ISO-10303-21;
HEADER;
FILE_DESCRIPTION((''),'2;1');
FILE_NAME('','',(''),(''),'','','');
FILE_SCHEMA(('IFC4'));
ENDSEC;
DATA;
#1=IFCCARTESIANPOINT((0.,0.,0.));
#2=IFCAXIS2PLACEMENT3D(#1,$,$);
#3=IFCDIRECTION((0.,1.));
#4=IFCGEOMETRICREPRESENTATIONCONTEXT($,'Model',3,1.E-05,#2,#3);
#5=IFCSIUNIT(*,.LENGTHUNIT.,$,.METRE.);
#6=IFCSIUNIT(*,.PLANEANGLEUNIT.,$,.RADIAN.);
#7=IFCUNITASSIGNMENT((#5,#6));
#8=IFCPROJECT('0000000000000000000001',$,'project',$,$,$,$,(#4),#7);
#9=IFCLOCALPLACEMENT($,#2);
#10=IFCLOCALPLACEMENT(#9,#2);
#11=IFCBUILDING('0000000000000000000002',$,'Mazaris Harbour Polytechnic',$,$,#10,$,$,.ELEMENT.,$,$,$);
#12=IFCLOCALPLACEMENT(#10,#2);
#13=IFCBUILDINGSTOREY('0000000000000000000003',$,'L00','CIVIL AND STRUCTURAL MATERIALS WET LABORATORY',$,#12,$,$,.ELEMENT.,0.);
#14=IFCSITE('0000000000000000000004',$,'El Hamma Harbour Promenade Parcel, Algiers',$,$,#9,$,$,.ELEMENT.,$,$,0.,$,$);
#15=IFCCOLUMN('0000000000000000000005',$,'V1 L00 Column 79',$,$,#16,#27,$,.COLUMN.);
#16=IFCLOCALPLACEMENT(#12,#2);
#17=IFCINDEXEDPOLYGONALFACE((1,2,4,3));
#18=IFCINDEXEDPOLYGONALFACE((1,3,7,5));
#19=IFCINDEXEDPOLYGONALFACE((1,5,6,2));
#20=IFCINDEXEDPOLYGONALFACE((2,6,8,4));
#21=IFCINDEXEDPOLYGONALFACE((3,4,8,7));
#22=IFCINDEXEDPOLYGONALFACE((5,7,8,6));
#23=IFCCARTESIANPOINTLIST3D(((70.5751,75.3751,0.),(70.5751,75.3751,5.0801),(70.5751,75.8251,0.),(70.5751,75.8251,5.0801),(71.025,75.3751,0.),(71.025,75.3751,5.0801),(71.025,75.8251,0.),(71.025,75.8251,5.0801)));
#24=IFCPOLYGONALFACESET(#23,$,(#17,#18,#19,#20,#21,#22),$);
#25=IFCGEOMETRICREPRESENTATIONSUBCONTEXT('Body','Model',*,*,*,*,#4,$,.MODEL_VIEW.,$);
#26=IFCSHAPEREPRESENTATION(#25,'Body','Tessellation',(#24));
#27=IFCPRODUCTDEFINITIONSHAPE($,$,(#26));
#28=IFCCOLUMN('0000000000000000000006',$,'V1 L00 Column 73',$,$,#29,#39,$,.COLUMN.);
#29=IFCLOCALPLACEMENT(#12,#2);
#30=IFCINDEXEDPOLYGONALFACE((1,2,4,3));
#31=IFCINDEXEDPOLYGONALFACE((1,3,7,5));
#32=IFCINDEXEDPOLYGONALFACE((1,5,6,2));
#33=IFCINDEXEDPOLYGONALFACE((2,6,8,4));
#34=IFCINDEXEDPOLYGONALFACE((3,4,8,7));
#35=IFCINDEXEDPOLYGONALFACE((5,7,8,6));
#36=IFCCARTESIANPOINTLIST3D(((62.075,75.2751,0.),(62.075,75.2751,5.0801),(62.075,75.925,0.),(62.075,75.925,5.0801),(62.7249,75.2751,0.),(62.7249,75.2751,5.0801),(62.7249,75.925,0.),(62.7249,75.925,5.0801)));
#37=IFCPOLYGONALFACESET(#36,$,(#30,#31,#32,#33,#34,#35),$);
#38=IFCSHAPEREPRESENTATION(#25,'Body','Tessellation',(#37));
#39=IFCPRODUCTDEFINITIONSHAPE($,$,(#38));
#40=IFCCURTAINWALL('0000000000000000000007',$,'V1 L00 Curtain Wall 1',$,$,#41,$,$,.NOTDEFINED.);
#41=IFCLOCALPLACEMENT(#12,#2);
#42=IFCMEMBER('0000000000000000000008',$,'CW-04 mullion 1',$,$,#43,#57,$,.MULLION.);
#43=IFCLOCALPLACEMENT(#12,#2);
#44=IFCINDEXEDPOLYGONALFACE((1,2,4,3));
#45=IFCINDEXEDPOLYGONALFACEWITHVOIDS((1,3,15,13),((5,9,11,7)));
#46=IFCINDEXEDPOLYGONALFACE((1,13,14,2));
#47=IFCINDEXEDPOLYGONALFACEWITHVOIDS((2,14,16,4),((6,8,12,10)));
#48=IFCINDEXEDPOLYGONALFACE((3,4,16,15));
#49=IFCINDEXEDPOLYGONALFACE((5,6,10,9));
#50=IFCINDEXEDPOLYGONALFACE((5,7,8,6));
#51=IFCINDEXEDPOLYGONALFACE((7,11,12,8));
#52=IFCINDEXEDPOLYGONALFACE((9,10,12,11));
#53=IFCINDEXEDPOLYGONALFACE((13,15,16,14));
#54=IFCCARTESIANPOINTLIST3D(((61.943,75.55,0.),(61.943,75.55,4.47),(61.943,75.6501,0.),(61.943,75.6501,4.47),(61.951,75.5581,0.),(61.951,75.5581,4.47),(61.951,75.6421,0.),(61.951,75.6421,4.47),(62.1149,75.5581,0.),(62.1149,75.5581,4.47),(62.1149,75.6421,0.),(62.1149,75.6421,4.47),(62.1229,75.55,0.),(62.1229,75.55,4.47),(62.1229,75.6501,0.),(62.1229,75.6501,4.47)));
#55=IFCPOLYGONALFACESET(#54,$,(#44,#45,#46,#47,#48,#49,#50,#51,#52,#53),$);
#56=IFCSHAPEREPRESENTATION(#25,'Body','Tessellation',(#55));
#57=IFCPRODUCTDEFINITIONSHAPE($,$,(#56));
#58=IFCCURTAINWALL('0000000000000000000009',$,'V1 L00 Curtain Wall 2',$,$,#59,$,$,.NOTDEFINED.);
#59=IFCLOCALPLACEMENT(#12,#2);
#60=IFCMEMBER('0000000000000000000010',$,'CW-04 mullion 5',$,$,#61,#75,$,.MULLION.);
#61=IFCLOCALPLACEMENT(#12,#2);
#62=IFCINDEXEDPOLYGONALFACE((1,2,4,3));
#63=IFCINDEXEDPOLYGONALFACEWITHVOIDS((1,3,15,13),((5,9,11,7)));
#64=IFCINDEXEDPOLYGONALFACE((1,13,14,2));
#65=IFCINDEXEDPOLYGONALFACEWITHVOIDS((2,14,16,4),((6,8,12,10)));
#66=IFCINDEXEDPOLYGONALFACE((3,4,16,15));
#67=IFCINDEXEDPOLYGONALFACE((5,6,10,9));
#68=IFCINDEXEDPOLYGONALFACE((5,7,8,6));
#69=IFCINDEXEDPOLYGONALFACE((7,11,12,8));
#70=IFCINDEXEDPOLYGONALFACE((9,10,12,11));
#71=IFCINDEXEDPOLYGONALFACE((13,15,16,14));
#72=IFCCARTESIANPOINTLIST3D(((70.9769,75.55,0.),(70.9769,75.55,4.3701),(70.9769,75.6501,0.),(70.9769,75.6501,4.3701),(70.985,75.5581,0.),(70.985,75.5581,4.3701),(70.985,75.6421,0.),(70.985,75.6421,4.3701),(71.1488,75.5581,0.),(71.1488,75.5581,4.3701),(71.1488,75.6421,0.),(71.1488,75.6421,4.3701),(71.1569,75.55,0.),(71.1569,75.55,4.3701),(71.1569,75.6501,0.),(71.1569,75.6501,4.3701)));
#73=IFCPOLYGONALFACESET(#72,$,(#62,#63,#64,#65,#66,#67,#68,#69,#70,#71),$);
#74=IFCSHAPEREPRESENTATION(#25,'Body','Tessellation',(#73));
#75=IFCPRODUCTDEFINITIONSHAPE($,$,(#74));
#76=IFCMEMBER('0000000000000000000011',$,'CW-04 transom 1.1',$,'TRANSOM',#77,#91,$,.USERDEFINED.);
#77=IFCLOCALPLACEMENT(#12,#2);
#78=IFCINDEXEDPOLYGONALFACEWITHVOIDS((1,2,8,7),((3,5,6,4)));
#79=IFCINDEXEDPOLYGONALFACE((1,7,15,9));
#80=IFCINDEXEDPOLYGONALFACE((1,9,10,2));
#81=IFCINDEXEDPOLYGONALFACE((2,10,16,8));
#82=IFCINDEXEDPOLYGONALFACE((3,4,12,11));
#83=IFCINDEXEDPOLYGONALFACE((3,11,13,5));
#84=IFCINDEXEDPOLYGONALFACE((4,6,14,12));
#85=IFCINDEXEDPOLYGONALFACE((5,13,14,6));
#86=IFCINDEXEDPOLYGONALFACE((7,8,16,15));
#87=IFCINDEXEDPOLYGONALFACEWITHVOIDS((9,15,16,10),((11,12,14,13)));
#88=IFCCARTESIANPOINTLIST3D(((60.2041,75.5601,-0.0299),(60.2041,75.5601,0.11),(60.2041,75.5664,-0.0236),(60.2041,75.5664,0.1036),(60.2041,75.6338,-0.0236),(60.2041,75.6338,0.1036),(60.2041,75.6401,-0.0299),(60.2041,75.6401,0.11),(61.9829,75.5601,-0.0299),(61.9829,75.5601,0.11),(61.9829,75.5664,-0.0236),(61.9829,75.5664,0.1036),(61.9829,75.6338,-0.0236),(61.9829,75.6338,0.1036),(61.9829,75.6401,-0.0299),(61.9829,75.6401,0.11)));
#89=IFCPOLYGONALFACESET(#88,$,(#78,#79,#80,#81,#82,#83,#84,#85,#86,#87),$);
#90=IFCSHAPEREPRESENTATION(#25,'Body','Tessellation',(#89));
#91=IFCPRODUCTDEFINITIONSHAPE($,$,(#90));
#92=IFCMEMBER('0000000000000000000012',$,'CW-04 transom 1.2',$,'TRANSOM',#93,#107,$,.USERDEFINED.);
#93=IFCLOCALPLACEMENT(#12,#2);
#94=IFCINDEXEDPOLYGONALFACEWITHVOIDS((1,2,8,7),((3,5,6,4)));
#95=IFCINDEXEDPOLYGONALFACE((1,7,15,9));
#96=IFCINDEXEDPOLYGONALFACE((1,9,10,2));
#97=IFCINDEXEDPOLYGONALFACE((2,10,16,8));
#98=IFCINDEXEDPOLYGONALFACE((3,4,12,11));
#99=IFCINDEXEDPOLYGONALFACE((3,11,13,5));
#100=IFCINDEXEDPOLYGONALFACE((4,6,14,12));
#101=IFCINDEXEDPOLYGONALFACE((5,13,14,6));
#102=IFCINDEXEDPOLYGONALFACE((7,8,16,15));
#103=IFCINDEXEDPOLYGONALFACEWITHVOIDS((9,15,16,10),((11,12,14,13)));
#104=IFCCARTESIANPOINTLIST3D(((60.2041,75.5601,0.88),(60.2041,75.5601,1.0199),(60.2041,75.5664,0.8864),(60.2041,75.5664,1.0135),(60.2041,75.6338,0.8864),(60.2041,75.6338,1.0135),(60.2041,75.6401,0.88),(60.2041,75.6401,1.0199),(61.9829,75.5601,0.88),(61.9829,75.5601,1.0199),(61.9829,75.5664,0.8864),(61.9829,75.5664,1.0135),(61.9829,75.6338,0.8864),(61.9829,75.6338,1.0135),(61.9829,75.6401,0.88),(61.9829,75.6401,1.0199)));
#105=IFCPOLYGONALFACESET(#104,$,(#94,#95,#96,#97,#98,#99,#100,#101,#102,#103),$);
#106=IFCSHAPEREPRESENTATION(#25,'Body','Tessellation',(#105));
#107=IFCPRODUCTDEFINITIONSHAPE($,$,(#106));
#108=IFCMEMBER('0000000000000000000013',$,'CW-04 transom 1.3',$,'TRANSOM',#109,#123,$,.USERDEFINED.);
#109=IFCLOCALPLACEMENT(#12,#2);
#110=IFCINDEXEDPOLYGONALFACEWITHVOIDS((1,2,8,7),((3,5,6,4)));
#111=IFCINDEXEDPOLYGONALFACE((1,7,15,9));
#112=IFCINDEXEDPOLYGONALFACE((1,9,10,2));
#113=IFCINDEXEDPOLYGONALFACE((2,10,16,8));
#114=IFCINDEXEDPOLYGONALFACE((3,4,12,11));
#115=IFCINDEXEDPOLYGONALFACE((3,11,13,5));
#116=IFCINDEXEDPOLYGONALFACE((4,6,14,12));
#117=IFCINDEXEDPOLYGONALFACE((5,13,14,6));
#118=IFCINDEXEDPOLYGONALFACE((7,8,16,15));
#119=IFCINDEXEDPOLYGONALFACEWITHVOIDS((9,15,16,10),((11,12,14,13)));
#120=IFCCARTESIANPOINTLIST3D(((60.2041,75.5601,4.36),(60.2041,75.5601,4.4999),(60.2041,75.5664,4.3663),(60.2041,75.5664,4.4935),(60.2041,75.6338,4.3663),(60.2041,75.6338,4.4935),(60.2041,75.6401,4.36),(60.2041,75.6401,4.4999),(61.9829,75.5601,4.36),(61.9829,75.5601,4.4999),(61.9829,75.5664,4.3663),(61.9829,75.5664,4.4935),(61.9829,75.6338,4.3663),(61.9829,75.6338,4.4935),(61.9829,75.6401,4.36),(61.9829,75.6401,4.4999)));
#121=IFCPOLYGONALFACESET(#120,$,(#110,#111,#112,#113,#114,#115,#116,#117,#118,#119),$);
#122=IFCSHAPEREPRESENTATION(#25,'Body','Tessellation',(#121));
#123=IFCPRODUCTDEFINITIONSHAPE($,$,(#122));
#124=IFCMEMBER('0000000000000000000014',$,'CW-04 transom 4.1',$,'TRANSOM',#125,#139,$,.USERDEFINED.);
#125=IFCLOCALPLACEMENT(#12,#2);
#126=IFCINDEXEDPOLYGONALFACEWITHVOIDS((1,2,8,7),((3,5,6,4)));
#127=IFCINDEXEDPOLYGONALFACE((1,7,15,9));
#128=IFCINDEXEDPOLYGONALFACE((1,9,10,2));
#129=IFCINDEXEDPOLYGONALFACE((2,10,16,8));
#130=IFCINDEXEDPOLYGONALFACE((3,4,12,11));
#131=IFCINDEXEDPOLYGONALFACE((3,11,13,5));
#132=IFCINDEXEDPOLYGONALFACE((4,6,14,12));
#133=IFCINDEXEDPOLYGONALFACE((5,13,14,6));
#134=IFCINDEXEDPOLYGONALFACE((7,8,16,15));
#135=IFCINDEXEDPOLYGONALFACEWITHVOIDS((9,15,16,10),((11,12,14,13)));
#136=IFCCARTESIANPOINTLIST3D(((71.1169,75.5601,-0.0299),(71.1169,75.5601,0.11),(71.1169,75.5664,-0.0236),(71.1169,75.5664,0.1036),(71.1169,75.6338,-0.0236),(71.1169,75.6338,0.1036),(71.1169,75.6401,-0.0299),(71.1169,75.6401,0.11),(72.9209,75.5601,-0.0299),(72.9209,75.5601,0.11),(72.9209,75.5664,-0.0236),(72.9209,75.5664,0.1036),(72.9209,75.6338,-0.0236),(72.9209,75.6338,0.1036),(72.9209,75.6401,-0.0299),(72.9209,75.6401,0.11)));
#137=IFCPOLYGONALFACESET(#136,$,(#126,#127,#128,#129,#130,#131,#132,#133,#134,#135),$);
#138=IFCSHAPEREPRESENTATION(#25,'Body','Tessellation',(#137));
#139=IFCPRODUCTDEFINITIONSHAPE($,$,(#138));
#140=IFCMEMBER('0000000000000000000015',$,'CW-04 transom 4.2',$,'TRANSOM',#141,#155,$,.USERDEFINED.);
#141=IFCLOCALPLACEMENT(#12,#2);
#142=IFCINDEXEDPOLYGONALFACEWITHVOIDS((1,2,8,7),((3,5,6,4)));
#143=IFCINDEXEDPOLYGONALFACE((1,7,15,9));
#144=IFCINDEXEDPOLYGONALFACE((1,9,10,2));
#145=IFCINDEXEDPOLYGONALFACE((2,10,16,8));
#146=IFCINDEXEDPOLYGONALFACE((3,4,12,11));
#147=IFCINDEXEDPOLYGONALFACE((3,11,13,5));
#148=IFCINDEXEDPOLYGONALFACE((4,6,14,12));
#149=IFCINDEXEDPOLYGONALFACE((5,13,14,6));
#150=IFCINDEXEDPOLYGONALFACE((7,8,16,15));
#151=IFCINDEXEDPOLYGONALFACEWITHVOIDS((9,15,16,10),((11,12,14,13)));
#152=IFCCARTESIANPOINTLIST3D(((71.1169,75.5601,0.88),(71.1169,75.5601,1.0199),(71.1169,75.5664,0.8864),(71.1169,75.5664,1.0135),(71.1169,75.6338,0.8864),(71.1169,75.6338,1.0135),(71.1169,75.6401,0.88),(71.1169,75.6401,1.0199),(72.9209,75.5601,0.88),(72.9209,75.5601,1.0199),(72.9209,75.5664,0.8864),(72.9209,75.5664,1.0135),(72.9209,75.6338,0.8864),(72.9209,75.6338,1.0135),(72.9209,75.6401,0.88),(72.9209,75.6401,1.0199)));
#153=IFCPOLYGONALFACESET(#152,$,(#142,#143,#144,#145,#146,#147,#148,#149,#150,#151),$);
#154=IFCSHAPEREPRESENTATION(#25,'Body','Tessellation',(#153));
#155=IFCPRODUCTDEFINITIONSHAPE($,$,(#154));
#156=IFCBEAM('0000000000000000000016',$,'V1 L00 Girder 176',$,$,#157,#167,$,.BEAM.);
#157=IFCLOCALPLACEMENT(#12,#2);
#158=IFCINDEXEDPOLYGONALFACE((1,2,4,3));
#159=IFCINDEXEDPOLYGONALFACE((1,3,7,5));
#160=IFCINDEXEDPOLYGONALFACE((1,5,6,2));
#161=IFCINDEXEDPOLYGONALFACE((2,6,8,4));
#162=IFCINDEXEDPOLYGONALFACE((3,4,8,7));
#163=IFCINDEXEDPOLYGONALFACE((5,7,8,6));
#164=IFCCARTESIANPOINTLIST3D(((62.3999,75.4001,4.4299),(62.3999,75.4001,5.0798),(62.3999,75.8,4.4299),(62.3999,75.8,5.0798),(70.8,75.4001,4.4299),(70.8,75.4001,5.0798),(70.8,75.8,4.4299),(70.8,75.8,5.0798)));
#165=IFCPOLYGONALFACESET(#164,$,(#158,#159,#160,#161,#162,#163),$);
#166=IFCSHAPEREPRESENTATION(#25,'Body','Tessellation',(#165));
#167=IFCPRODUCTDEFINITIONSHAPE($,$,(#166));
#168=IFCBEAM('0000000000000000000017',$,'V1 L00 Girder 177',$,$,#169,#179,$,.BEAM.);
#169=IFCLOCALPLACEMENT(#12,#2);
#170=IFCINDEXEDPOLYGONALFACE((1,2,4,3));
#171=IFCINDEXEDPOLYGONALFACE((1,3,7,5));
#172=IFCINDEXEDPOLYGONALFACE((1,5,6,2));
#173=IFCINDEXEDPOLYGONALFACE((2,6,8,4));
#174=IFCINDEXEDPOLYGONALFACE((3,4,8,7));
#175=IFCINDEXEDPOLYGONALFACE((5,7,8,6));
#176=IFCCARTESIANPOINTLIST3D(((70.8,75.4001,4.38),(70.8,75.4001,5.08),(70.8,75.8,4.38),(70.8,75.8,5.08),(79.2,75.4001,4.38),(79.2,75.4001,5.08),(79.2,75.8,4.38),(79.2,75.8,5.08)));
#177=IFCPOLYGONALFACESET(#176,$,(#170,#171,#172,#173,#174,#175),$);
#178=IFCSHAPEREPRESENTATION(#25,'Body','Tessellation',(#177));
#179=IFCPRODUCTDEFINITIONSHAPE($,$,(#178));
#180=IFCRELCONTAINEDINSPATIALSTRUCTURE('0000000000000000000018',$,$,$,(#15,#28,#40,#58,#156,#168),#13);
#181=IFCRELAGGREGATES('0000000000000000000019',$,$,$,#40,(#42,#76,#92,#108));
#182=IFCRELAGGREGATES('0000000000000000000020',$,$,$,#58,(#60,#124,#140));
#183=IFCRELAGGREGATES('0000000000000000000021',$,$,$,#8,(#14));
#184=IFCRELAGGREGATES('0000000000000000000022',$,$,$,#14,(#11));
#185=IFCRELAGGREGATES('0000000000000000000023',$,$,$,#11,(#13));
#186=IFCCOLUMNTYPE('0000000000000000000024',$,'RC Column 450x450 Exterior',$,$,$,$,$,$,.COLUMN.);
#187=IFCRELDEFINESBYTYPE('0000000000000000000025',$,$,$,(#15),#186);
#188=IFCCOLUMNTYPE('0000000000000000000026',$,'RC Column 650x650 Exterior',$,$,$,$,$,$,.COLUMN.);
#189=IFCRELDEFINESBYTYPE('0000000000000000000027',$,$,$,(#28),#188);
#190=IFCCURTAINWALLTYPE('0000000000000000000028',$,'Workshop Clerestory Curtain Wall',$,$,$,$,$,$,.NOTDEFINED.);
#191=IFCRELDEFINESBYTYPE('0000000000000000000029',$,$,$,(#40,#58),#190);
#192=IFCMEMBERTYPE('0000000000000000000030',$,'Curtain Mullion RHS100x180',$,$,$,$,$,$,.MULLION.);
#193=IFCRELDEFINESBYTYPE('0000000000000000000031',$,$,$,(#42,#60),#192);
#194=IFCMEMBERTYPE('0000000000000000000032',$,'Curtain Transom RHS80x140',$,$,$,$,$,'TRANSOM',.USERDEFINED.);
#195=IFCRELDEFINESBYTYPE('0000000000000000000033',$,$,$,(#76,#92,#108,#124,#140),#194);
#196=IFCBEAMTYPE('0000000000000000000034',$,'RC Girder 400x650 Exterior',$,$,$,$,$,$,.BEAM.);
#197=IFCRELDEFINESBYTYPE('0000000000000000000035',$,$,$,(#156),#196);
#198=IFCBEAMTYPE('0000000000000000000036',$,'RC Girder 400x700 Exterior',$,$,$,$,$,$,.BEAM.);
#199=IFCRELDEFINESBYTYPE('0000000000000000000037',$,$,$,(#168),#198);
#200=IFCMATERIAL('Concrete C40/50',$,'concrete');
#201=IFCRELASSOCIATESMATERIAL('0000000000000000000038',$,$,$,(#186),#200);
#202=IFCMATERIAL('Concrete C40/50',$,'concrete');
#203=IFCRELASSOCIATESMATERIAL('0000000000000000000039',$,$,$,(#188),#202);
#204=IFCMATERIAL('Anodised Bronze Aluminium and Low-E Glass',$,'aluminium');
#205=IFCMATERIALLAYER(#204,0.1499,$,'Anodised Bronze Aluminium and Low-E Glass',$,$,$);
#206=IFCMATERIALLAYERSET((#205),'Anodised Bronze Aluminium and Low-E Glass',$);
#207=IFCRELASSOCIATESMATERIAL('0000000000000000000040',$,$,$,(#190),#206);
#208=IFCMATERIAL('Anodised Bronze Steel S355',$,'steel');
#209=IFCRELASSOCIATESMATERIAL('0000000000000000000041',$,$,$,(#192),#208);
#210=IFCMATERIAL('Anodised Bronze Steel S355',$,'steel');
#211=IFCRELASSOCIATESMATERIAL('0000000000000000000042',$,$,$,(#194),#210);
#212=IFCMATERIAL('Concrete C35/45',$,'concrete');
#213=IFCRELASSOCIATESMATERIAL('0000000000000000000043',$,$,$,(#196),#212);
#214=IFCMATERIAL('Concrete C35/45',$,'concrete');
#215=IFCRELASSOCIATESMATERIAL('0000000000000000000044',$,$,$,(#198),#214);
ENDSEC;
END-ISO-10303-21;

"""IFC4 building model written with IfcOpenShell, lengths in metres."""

from ifc_helpers import new_model, si_unit, direction, frame, origin, origin_2d, place, context, subcontext, project, spatial, rectangle, hollow_rectangle, extrude, material, layer, layer_set, material_profile, profile_set, type_object, element, aggregate, save


model = new_model("IFC4")

# Units and contexts
model_context = context("Model", 3, precision=1e-05, world=origin(), true_north=direction((0.0, 1.0)))
body_context = subcontext(model_context, "Body", "Model", "MODEL_VIEW")
ifc_project = project(units=[si_unit("LENGTHUNIT", "METRE"), si_unit("PLANEANGLEUNIT", "RADIAN")], contexts=[model_context])

# Site, building, storey
site_placement = place(None, origin())
site = spatial("IfcSite", under=ifc_project, at=site_placement, Name="El Hamma Harbour Promenade Parcel, Algiers", CompositionType="ELEMENT", RefElevation=0.0)
building_placement = place(site_placement, origin())
building = spatial("IfcBuilding", under=site, at=building_placement, Name="Mazaris Harbour Polytechnic", CompositionType="ELEMENT")
storey_placement = place(building_placement, origin())
storey = spatial("IfcBuildingStorey", under=building, at=storey_placement, Name="L00", Description="CIVIL AND STRUCTURAL MATERIALS WET LABORATORY", CompositionType="ELEMENT", Elevation=0.0)

# Columns
ifc_material_1 = material(Name="Concrete C40/50", Category="concrete")
ifc_material_profile_1 = material_profile(ifc_material_1, rectangle(XDim=0.45, YDim=0.45, at=origin_2d()), Name="RECT450x450")
ifc_profile_set_1 = profile_set([ifc_material_profile_1], Name="Concrete C40/50")
column_type_1 = type_object("IfcColumnType", Name="RC Column 450x450 Exterior", PredefinedType="COLUMN", material=ifc_profile_set_1)
column_1_placement = place(storey_placement, frame((70.8, 75.6001, 0.0), z_axis=(0.0, 0.0, 1.0), x_axis=(1.0, 0.0, 0.0)))
element("IfcColumn", 1, at=column_1_placement, inside=storey, type_object=column_type_1, Name="V1 L00 Column 79", PredefinedType="COLUMN", context=body_context, shape_type="SweptSolid", body=[
    extrude(rectangle(XDim=0.45, YDim=0.45, at=origin_2d()), origin(), (0.0, 0.0, 1.0), 5.0801),
])
ifc_material_2 = material(Name="Concrete C40/50", Category="concrete")
ifc_material_profile_2 = material_profile(ifc_material_2, rectangle(XDim=0.6499, YDim=0.6499, at=origin_2d()), Name="RECT650x650")
ifc_profile_set_2 = profile_set([ifc_material_profile_2], Name="Concrete C40/50")
column_type_2 = type_object("IfcColumnType", Name="RC Column 650x650 Exterior", PredefinedType="COLUMN", material=ifc_profile_set_2)
column_2_placement = place(storey_placement, frame((62.3999, 75.6001, 0.0), z_axis=(0.0, 0.0, 1.0), x_axis=(1.0, 0.0, 0.0)))
element("IfcColumn", 2, at=column_2_placement, inside=storey, type_object=column_type_2, Name="V1 L00 Column 73", PredefinedType="COLUMN", context=body_context, shape_type="SweptSolid", body=[
    extrude(rectangle(XDim=0.6499, YDim=0.6499, at=origin_2d()), origin(), (0.0, 0.0, 1.0), 5.0801),
])

# Curtain walls, members
ifc_material_3 = material(Name="Anodised Bronze Aluminium and Low-E Glass", Category="aluminium")
ifc_layer_1 = layer(ifc_material_3, 0.1499, Name="Anodised Bronze Aluminium and Low-E Glass")
ifc_layer_set_1 = layer_set([ifc_layer_1], Name="Anodised Bronze Aluminium and Low-E Glass")
curtain_wall_type = type_object("IfcCurtainWallType", Name="Workshop Clerestory Curtain Wall", PredefinedType="NOTDEFINED", material=ifc_layer_set_1)
curtain_wall_1_placement = place(storey_placement, origin())
curtain_wall_1 = element("IfcCurtainWall", 3, at=curtain_wall_1_placement, inside=storey, type_object=curtain_wall_type, Name="V1 L00 Curtain Wall 1", PredefinedType="NOTDEFINED")
ifc_material_4 = material(Name="Anodised Bronze Steel S355", Category="steel")
ifc_material_profile_3 = material_profile(ifc_material_4, hollow_rectangle(XDim=0.1001, YDim=0.1799, WallThickness=0.0081, at=origin_2d()), Name="RHS 100x180x8.0")
ifc_profile_set_3 = profile_set([ifc_material_profile_3], Name="Anodised Bronze Steel S355")
member_type_1 = type_object("IfcMemberType", Name="Curtain Mullion RHS100x180", PredefinedType="MULLION", material=ifc_profile_set_3)
member_1_placement = place(storey_placement, frame((62.033, 75.6001, 0.0), z_axis=(0.0, 0.0, 1.0), x_axis=(0.0, -1.0, 0.0)))
member_1 = element("IfcMember", 4, at=member_1_placement, type_object=member_type_1, Name="CW-04 mullion 1", PredefinedType="MULLION", context=body_context, shape_type="SweptSolid", body=[
    extrude(hollow_rectangle(XDim=0.1001, YDim=0.1799, WallThickness=0.0081, at=origin_2d()), origin(), (0.0, 0.0, 1.0), 4.47),
])
curtain_wall_2_placement = place(storey_placement, origin())
curtain_wall_2 = element("IfcCurtainWall", 5, at=curtain_wall_2_placement, inside=storey, type_object=curtain_wall_type, Name="V1 L00 Curtain Wall 2", PredefinedType="NOTDEFINED")
member_2_placement = place(storey_placement, frame((71.0669, 75.6001, 0.0), z_axis=(0.0, 0.0, 1.0), x_axis=(0.0, -1.0, 0.0)))
member_2 = element("IfcMember", 6, at=member_2_placement, type_object=member_type_1, Name="CW-04 mullion 5", PredefinedType="MULLION", context=body_context, shape_type="SweptSolid", body=[
    extrude(hollow_rectangle(XDim=0.1001, YDim=0.1799, WallThickness=0.0081, at=origin_2d()), origin(), (0.0, 0.0, 1.0), 4.3701),
])

# Members
ifc_material_5 = material(Name="Anodised Bronze Steel S355", Category="steel")
ifc_material_profile_4 = material_profile(ifc_material_5, hollow_rectangle(XDim=0.0801, YDim=0.1399, WallThickness=0.0063, at=origin_2d()), Name="RHS 80x140x6.3")
ifc_profile_set_4 = profile_set([ifc_material_profile_4], Name="Anodised Bronze Steel S355")
member_type_2 = type_object("IfcMemberType", Name="Curtain Transom RHS80x140", ElementType="TRANSOM", PredefinedType="USERDEFINED", material=ifc_profile_set_4)
member_3_placement = place(storey_placement, frame((61.9829, 75.6001, 0.04), z_axis=(-1.0, 0.0, 0.0), x_axis=(0.0, -1.0, 0.0)))
member_3 = element("IfcMember", 7, at=member_3_placement, type_object=member_type_2, Name="CW-04 transom 1.1", ObjectType="TRANSOM", PredefinedType="USERDEFINED", context=body_context, shape_type="SweptSolid", body=[
    extrude(hollow_rectangle(XDim=0.0801, YDim=0.1399, WallThickness=0.0063, at=origin_2d()), origin(), (0.0, 0.0, 1.0), 1.7788),
])
member_4_placement = place(storey_placement, frame((61.9829, 75.6001, 0.95), z_axis=(-1.0, 0.0, 0.0), x_axis=(0.0, -1.0, 0.0)))
member_4 = element("IfcMember", 8, at=member_4_placement, type_object=member_type_2, Name="CW-04 transom 1.2", ObjectType="TRANSOM", PredefinedType="USERDEFINED", context=body_context, shape_type="SweptSolid", body=[
    extrude(hollow_rectangle(XDim=0.0801, YDim=0.1399, WallThickness=0.0063, at=origin_2d()), origin(), (0.0, 0.0, 1.0), 1.7788),
])
member_5_placement = place(storey_placement, frame((61.9829, 75.6001, 4.4299), z_axis=(-1.0, 0.0, 0.0), x_axis=(0.0, -1.0, 0.0)))
member_5 = element("IfcMember", 9, at=member_5_placement, type_object=member_type_2, Name="CW-04 transom 1.3", ObjectType="TRANSOM", PredefinedType="USERDEFINED", context=body_context, shape_type="SweptSolid", body=[
    extrude(hollow_rectangle(XDim=0.0801, YDim=0.1399, WallThickness=0.0063, at=origin_2d()), origin(), (0.0, 0.0, 1.0), 1.7788),
])
aggregate(curtain_wall_1, [member_1, member_3, member_4, member_5])
member_6_placement = place(storey_placement, frame((72.9209, 75.6001, 0.04), z_axis=(-1.0, 0.0, 0.0), x_axis=(0.0, -1.0, 0.0)))
member_6 = element("IfcMember", 10, at=member_6_placement, type_object=member_type_2, Name="CW-04 transom 4.1", ObjectType="TRANSOM", PredefinedType="USERDEFINED", context=body_context, shape_type="SweptSolid", body=[
    extrude(hollow_rectangle(XDim=0.0801, YDim=0.1399, WallThickness=0.0063, at=origin_2d()), origin(), (0.0, 0.0, 1.0), 1.804),
])
member_7_placement = place(storey_placement, frame((72.9209, 75.6001, 0.95), z_axis=(-1.0, 0.0, 0.0), x_axis=(0.0, -1.0, 0.0)))
member_7 = element("IfcMember", 11, at=member_7_placement, type_object=member_type_2, Name="CW-04 transom 4.2", ObjectType="TRANSOM", PredefinedType="USERDEFINED", context=body_context, shape_type="SweptSolid", body=[
    extrude(hollow_rectangle(XDim=0.0801, YDim=0.1399, WallThickness=0.0063, at=origin_2d()), origin(), (0.0, 0.0, 1.0), 1.804),
])

# Beams
ifc_material_6 = material(Name="Concrete C35/45", Category="concrete")
ifc_material_profile_5 = material_profile(ifc_material_6, rectangle(XDim=0.3999, YDim=0.6499, at=origin_2d()), Name="RECT400x650")
ifc_profile_set_5 = profile_set([ifc_material_profile_5], Name="Concrete C35/45")
beam_type_1 = type_object("IfcBeamType", Name="RC Girder 400x650 Exterior", PredefinedType="BEAM", material=ifc_profile_set_5)
beam_1_placement = place(storey_placement, frame((62.3999, 75.6001, 4.7549), z_axis=(1.0, 0.0, 0.0), x_axis=(0.0, 1.0, 0.0)))
element("IfcBeam", 12, at=beam_1_placement, inside=storey, type_object=beam_type_1, Name="V1 L00 Girder 176", PredefinedType="BEAM", context=body_context, shape_type="SweptSolid", body=[
    extrude(rectangle(XDim=0.3999, YDim=0.6499, at=origin_2d()), origin(), (0.0, 0.0, 1.0), 8.4001),
])
ifc_material_7 = material(Name="Concrete C35/45", Category="concrete")
ifc_material_profile_6 = material_profile(ifc_material_7, rectangle(XDim=0.3999, YDim=0.7, at=origin_2d()), Name="RECT400x700")
ifc_profile_set_6 = profile_set([ifc_material_profile_6], Name="Concrete C35/45")
beam_type_2 = type_object("IfcBeamType", Name="RC Girder 400x700 Exterior", PredefinedType="BEAM", material=ifc_profile_set_6)
beam_2_placement = place(storey_placement, frame((70.8, 75.6001, 4.73), z_axis=(1.0, 0.0, 0.0), x_axis=(0.0, 1.0, 0.0)))
element("IfcBeam", 13, at=beam_2_placement, inside=storey, type_object=beam_type_2, Name="V1 L00 Girder 177", PredefinedType="BEAM", context=body_context, shape_type="SweptSolid", body=[
    extrude(rectangle(XDim=0.3999, YDim=0.7, at=origin_2d()), origin(), (0.0, 0.0, 1.0), 8.3999),
])

aggregate(curtain_wall_2, [member_2, member_6, member_7])

save(model, "model.ifc")
